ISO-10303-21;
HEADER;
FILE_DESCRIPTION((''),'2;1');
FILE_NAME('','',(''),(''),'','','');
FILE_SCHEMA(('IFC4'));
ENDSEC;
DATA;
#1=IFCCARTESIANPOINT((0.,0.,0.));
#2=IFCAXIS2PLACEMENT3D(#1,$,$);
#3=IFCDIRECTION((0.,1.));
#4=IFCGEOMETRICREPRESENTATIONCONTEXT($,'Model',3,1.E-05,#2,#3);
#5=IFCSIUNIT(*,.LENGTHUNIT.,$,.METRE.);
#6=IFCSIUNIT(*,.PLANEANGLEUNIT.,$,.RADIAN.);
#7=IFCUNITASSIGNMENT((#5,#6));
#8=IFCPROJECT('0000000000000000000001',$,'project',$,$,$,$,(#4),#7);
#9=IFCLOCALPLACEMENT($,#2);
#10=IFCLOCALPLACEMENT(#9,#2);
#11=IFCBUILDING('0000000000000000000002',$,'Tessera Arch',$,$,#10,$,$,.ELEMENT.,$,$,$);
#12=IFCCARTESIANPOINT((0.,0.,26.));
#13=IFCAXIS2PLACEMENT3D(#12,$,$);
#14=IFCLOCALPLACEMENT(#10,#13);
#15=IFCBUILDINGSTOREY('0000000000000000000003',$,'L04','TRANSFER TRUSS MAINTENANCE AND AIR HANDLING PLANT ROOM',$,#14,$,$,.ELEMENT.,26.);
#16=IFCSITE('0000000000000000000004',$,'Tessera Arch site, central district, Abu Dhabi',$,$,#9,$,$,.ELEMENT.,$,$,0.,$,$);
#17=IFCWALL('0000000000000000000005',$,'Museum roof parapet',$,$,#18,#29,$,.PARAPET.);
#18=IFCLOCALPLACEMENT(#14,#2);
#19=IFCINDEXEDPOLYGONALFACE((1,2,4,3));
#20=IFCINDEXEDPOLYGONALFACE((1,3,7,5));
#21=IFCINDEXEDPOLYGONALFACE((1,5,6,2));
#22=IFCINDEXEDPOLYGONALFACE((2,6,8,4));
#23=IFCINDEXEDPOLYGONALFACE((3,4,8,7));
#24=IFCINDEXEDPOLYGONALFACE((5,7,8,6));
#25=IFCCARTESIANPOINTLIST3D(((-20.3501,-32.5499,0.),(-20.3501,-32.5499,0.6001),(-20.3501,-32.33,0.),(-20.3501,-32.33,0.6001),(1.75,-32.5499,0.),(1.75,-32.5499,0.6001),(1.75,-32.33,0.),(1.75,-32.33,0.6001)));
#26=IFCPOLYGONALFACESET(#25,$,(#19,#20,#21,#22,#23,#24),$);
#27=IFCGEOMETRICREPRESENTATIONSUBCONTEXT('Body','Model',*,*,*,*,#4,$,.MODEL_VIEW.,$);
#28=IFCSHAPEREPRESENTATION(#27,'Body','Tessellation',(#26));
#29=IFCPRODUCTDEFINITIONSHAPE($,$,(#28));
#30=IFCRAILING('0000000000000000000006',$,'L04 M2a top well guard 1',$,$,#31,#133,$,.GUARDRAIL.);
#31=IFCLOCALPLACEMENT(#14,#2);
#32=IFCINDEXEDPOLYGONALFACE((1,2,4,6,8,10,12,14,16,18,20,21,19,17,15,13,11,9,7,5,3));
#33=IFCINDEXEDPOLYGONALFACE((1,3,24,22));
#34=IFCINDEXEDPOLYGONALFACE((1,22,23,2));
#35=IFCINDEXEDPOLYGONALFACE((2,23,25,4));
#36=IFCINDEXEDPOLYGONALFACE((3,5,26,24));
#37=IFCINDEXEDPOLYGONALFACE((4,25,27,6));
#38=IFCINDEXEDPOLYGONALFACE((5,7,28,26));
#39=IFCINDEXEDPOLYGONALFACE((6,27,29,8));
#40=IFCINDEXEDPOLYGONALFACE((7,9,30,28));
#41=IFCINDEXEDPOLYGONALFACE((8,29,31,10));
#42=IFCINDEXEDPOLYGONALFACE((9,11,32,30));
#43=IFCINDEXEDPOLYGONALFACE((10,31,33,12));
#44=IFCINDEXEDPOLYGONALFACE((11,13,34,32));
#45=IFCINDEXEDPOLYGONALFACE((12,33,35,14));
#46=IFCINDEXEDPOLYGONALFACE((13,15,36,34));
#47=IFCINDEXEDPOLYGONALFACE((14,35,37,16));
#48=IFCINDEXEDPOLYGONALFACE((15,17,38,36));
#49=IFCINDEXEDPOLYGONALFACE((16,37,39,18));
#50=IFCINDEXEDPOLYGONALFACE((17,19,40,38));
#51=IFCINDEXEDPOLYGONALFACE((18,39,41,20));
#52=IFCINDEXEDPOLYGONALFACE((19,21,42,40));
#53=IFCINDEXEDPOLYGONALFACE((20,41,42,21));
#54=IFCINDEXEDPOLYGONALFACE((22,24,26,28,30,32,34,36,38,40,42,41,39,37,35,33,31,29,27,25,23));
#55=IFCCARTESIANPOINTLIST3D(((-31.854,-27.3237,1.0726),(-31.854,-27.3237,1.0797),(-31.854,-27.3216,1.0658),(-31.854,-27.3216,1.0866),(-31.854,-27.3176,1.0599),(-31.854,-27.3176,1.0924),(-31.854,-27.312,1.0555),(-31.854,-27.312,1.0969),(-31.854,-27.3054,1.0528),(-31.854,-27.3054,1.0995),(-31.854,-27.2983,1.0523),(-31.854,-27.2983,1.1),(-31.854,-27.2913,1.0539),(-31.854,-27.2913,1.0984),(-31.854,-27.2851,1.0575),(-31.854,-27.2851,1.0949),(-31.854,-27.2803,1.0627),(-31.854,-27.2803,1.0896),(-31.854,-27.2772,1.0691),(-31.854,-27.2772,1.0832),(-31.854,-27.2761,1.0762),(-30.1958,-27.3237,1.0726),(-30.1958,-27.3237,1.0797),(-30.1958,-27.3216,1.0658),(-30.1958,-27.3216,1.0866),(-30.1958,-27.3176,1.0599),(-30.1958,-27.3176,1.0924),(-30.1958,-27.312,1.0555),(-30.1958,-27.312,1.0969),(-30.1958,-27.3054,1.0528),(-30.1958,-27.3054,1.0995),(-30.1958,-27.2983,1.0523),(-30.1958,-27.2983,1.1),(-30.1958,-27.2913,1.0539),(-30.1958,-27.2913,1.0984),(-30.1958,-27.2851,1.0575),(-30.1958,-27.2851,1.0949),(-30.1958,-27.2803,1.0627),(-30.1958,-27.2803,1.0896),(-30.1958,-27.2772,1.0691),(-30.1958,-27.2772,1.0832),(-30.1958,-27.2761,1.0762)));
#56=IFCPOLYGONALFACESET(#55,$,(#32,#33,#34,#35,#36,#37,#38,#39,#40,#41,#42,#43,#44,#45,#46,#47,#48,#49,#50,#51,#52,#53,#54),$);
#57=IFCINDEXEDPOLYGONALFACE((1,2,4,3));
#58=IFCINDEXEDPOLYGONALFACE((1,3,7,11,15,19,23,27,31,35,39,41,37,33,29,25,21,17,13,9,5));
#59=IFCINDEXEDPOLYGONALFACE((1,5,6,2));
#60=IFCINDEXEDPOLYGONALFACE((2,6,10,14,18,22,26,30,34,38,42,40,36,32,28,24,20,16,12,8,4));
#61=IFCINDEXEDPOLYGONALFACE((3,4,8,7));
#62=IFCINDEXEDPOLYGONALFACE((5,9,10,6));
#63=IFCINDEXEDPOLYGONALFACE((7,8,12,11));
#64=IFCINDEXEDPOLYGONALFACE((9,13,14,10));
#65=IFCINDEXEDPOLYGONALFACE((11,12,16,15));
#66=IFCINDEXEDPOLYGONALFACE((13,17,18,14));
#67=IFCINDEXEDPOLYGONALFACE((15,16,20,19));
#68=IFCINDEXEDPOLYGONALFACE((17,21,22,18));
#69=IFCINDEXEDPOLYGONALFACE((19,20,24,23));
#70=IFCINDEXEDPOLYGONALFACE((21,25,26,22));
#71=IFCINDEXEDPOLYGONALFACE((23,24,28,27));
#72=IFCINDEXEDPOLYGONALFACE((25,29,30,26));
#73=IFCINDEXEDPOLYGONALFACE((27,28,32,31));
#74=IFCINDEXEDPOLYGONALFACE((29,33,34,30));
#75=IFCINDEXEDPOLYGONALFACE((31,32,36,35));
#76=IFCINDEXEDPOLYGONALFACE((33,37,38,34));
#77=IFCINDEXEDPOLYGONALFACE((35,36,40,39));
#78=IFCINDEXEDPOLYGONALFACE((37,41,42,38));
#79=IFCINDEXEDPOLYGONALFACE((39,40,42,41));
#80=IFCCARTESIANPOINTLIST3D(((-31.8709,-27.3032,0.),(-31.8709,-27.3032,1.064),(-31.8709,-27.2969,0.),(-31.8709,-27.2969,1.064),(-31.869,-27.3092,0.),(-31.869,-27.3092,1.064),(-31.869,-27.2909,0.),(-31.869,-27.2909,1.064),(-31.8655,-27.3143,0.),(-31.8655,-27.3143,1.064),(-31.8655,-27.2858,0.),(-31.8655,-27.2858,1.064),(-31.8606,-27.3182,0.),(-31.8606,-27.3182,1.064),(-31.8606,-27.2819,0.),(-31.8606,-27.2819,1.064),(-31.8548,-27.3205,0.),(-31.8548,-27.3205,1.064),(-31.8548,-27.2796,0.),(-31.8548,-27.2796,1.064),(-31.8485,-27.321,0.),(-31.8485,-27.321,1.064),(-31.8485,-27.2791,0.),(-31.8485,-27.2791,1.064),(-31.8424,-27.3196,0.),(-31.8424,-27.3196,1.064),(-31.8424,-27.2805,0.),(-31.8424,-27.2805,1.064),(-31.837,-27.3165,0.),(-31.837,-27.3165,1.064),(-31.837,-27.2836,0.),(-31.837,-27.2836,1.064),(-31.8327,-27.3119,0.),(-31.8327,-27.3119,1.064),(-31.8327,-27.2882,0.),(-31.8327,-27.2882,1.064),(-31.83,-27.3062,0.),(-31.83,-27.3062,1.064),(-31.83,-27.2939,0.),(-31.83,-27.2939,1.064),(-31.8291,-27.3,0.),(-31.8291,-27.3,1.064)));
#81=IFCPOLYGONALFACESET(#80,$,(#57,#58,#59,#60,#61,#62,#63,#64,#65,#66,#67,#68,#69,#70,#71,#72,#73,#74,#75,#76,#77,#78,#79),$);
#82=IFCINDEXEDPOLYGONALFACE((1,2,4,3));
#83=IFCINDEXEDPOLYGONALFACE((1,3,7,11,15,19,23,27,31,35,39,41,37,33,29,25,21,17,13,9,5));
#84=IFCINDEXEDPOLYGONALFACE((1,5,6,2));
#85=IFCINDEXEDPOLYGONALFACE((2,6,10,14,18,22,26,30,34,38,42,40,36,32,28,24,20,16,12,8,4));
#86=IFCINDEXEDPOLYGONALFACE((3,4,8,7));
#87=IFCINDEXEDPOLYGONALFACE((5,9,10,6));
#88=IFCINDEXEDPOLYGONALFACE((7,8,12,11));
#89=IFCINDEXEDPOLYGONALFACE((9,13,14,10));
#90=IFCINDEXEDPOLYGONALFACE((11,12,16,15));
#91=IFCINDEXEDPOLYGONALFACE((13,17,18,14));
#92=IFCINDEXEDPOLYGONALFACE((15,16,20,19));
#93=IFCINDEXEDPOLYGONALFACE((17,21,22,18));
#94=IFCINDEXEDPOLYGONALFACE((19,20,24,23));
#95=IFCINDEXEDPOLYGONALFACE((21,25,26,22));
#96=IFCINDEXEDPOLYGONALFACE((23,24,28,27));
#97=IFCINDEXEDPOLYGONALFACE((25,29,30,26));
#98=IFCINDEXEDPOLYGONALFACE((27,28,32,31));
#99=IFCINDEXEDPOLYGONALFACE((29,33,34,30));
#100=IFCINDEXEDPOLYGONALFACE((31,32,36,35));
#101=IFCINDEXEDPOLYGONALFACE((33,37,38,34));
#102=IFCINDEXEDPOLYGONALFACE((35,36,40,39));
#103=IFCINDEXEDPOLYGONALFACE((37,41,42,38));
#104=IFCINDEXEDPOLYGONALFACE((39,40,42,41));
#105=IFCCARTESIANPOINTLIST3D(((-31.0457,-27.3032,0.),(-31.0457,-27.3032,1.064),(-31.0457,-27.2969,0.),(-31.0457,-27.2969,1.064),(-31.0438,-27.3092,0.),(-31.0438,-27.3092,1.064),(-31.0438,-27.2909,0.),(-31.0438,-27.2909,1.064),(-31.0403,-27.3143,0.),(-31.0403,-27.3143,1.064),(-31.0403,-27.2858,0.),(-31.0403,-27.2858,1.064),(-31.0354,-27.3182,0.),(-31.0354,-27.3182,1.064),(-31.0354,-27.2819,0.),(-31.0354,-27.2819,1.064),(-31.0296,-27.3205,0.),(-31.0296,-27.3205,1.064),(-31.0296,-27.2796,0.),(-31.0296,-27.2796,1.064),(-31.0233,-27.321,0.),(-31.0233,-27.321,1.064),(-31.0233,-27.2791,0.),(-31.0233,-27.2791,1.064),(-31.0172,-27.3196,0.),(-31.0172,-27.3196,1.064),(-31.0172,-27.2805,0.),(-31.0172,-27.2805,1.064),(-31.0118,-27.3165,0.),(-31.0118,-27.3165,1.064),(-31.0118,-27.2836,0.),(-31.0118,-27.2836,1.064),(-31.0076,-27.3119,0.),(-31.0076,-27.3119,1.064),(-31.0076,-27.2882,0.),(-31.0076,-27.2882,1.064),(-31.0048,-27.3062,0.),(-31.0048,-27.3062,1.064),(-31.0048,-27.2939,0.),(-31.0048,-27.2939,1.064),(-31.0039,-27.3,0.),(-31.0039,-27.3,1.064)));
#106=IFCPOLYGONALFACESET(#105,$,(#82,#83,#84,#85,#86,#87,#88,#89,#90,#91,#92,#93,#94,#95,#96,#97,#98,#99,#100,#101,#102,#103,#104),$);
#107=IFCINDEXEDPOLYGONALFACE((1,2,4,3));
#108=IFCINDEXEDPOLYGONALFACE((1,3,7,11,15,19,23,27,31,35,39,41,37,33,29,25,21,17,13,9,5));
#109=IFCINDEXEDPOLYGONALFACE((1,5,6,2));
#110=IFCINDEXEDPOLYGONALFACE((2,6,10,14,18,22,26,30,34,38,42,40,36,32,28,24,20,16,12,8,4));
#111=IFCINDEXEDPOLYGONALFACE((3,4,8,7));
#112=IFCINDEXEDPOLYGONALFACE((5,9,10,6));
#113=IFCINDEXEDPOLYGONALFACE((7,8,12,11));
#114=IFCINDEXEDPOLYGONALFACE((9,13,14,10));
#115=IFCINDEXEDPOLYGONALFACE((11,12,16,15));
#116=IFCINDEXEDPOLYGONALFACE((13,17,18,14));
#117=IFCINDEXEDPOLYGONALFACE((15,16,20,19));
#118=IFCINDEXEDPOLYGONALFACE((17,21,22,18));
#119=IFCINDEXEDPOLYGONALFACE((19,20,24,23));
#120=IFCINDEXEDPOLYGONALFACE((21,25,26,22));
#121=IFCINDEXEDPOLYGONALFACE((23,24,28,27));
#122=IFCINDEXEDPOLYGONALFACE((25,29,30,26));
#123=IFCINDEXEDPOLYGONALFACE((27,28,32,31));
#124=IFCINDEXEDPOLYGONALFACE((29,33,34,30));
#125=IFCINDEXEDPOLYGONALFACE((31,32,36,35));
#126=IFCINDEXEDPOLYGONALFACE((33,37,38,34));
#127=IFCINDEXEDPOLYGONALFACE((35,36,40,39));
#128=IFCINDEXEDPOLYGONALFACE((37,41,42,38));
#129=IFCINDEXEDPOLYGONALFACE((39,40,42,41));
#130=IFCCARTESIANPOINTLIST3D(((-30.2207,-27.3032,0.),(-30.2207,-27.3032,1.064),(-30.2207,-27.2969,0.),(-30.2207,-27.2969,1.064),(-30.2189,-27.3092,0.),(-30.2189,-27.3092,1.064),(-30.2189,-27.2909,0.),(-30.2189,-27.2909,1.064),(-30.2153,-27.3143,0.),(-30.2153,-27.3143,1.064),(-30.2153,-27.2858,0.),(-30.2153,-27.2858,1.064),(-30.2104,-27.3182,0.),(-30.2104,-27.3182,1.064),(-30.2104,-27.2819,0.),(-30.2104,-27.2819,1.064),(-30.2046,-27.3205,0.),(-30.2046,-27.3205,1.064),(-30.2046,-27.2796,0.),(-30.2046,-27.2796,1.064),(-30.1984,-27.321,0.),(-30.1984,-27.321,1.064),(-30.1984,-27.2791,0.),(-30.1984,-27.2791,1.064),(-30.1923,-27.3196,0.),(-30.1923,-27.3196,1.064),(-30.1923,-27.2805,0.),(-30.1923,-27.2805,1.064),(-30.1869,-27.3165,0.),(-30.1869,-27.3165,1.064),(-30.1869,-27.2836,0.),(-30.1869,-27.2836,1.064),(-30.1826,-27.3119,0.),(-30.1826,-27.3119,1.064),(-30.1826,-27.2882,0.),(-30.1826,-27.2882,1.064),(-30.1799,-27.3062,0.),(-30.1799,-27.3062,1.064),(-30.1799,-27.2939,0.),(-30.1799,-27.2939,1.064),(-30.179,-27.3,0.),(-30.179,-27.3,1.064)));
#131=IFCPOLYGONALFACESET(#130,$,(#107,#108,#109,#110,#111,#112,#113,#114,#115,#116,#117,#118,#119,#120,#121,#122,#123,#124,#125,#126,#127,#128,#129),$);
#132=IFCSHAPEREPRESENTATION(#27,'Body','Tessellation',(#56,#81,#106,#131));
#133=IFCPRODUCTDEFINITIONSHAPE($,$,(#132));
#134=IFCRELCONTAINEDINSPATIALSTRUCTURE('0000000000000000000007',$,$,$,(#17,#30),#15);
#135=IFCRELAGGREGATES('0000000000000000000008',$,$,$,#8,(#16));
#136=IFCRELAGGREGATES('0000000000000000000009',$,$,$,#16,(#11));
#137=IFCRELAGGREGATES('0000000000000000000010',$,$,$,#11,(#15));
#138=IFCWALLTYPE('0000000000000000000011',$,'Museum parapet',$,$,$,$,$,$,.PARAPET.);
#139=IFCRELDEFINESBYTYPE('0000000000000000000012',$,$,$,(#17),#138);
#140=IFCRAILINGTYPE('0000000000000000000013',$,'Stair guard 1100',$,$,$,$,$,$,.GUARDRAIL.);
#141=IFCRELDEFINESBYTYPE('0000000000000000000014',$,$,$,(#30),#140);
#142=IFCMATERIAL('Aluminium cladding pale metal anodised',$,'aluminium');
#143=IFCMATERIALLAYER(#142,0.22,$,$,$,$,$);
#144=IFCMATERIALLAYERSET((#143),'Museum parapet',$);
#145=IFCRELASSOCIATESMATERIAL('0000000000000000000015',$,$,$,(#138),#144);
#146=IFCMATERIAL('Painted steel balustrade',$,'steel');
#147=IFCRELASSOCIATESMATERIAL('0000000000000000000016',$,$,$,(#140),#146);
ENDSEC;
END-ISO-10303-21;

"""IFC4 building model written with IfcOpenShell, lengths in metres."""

from ifc_helpers import new_model, si_unit, direction, frame, frame_2d, origin, origin_2d, place, context, subcontext, project, spatial, rectangle, circle, extrude, material, layer, layer_set, type_object, element, save


model = new_model("IFC4")

# Units and contexts
model_context = context("Model", 3, precision=1e-05, world=origin(), true_north=direction((0.0, 1.0)))
body_context = subcontext(model_context, "Body", "Model", "MODEL_VIEW")
ifc_project = project(units=[si_unit("LENGTHUNIT", "METRE"), si_unit("PLANEANGLEUNIT", "RADIAN")], contexts=[model_context])

# Site, building, storey
site_placement = place(None, origin())
site = spatial("IfcSite", under=ifc_project, at=site_placement, Name="Tessera Arch site, central district, Abu Dhabi", CompositionType="ELEMENT", RefElevation=0.0)
building_placement = place(site_placement, origin())
building = spatial("IfcBuilding", under=site, at=building_placement, Name="Tessera Arch", CompositionType="ELEMENT")
storey_placement = place(building_placement, frame((0.0, 0.0, 26.0)))
storey = spatial("IfcBuildingStorey", under=building, at=storey_placement, Name="L04", Description="TRANSFER TRUSS MAINTENANCE AND AIR HANDLING PLANT ROOM", CompositionType="ELEMENT", Elevation=26.0)

# Wall
ifc_material_1 = material(Name="Aluminium cladding pale metal anodised", Category="aluminium")
ifc_layer_1 = layer(ifc_material_1, 0.22)
ifc_layer_set_1 = layer_set([ifc_layer_1], Name="Museum parapet")
wall_type_1 = type_object("IfcWallType", Name="Museum parapet", PredefinedType="PARAPET", material=ifc_layer_set_1)
wall_1_placement = place(storey_placement, frame((-20.3501, -32.4399, 0.0), z_axis=(0.0, 0.0, 1.0), x_axis=(1.0, 0.0, 0.0)))
element("IfcWall", 1, at=wall_1_placement, inside=storey, type_object=wall_type_1, Name="Museum roof parapet", PredefinedType="PARAPET", context=body_context, shape_type="SweptSolid", body=[
    extrude(rectangle(XDim=22.1001, YDim=0.22, at=frame_2d((11.05, 0.0))), origin(), (0.0, 0.0, 1.0), 0.6001),
])

# Railing
ifc_material_2 = material(Name="Painted steel balustrade", Category="steel")
railing_type_1 = type_object("IfcRailingType", Name="Stair guard 1100", PredefinedType="GUARDRAIL", material=ifc_material_2)
railing_1_placement = place(storey_placement, frame((-31.8501, -27.3, 0.0)))
element("IfcRailing", 2, at=railing_1_placement, inside=storey, type_object=railing_type_1, Name="L04 M2a top well guard 1", PredefinedType="GUARDRAIL", context=body_context, shape_type="SweptSolid", body=[
    extrude(circle(Radius=0.0239, at=origin_2d()), frame((-0.0039, 0.0, 1.0762), z_axis=(1.0, 0.0, 0.0), x_axis=(0.0, 1.0, 0.0)), (0.0, 0.0, 1.0), 1.6582),
    extrude(circle(Radius=0.021, at=origin_2d()), origin(), (0.0, 0.0, 1.0), 1.064),
    extrude(circle(Radius=0.021, at=origin_2d()), frame((0.8252, 0.0, 0.0)), (0.0, 0.0, 1.0), 1.064),
    extrude(circle(Radius=0.021, at=origin_2d()), frame((1.6501, 0.0, 0.0)), (0.0, 0.0, 1.0), 1.064),
])

save(model, "model.ifc")
